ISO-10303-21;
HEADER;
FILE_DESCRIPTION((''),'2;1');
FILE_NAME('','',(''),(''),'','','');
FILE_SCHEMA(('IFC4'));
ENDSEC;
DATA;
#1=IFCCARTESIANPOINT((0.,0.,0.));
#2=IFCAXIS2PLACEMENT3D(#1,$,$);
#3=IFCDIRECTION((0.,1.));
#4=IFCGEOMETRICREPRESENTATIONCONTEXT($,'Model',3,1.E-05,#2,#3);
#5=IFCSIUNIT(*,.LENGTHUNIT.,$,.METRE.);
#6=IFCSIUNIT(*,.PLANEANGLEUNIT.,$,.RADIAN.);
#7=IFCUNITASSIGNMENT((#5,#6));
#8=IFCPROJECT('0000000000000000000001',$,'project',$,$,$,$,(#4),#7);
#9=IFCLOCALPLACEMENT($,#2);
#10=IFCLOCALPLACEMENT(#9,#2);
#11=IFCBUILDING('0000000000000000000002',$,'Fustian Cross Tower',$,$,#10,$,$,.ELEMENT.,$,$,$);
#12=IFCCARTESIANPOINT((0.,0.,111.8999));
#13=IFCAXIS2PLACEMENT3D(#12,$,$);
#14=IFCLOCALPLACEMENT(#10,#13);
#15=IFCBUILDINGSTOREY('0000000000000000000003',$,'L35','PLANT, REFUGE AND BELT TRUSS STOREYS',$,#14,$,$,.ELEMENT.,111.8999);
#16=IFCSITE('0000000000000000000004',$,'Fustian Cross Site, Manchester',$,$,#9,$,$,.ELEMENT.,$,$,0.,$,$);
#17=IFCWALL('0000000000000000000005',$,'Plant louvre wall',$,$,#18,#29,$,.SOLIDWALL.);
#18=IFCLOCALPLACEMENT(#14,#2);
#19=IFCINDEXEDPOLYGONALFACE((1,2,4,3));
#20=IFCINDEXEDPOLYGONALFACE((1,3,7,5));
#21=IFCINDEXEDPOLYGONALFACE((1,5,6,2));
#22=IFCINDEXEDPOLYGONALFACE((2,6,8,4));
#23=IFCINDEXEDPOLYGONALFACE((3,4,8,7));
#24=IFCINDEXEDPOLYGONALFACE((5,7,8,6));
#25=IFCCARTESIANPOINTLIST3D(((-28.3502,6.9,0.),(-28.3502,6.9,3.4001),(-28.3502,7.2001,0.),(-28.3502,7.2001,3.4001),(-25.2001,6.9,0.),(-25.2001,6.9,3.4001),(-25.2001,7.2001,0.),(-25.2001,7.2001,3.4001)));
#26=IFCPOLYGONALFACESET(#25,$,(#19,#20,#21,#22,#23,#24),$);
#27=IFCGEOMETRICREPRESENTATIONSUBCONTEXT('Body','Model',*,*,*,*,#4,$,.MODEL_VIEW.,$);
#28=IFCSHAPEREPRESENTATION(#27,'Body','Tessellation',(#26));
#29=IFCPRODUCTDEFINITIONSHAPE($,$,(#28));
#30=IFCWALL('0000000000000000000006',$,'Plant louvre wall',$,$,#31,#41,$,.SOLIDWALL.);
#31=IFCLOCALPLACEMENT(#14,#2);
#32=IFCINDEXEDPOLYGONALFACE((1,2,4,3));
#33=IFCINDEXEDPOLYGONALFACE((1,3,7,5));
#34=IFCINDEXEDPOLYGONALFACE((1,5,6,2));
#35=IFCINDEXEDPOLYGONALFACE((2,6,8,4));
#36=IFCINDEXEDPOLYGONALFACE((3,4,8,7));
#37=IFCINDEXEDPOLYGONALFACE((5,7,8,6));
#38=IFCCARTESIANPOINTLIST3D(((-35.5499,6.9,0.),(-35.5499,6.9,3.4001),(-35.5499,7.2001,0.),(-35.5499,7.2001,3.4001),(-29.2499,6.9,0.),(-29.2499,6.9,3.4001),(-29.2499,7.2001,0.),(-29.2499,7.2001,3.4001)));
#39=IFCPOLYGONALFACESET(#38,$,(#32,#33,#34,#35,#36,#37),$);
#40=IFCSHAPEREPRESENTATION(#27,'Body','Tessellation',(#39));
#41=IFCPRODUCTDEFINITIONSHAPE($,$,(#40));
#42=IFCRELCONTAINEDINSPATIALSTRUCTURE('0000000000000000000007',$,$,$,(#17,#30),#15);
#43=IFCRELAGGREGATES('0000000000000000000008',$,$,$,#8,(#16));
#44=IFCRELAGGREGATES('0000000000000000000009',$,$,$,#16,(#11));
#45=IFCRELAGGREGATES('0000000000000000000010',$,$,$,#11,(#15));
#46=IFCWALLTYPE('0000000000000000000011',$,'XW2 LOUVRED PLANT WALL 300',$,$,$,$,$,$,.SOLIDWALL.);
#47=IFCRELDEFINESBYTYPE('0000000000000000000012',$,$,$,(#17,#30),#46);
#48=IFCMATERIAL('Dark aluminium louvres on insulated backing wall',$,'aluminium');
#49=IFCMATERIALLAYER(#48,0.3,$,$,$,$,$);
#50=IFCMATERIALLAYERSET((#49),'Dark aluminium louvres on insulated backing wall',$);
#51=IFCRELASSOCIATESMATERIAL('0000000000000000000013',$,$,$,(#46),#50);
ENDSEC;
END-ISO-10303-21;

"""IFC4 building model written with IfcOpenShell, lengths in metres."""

from ifc_helpers import new_model, si_unit, direction, frame, frame_2d, origin, place, context, subcontext, project, spatial, rectangle, extrude, material, layer, layer_set, type_object, element, save


model = new_model("IFC4")

# Units and contexts
model_context = context("Model", 3, precision=1e-05, world=origin(), true_north=direction((0.0, 1.0)))
body_context = subcontext(model_context, "Body", "Model", "MODEL_VIEW")
ifc_project = project(units=[si_unit("LENGTHUNIT", "METRE"), si_unit("PLANEANGLEUNIT", "RADIAN")], contexts=[model_context])

# Site, building, storey
site_placement = place(None, origin())
site = spatial("IfcSite", under=ifc_project, at=site_placement, Name="Fustian Cross Site, Manchester", CompositionType="ELEMENT", RefElevation=0.0)
building_placement = place(site_placement, origin())
building = spatial("IfcBuilding", under=site, at=building_placement, Name="Fustian Cross Tower", CompositionType="ELEMENT")
storey_placement = place(building_placement, frame((0.0, 0.0, 111.8999)))
storey = spatial("IfcBuildingStorey", under=building, at=storey_placement, Name="L35", Description="PLANT, REFUGE AND BELT TRUSS STOREYS", CompositionType="ELEMENT", Elevation=111.8999)

# Walls
ifc_material_1 = material(Name="Dark aluminium louvres on insulated backing wall", Category="aluminium")
ifc_layer_1 = layer(ifc_material_1, 0.3)
ifc_layer_set_1 = layer_set([ifc_layer_1], Name="Dark aluminium louvres on insulated backing wall")
wall_type_1 = type_object("IfcWallType", Name="XW2 LOUVRED PLANT WALL 300", PredefinedType="SOLIDWALL", material=ifc_layer_set_1)
wall_1_placement = place(storey_placement, frame((-25.2, 7.05, 0.0), z_axis=(0.0, 0.0, 1.0), x_axis=(-1.0, 0.0, 0.0)))
element("IfcWall", 1, at=wall_1_placement, inside=storey, type_object=wall_type_1, Name="Plant louvre wall", PredefinedType="SOLIDWALL", context=body_context, shape_type="SweptSolid", body=[
    extrude(rectangle(XDim=3.1501, YDim=0.3, at=frame_2d((1.5752, 0.0))), origin(), (0.0, 0.0, 1.0), 3.4001),
])
wall_2_placement = place(storey_placement, frame((-29.25, 7.05, 0.0), z_axis=(0.0, 0.0, 1.0), x_axis=(-1.0, 0.0, 0.0)))
element("IfcWall", 2, at=wall_2_placement, inside=storey, type_object=wall_type_1, Name="Plant louvre wall", PredefinedType="SOLIDWALL", context=body_context, shape_type="SweptSolid", body=[
    extrude(rectangle(XDim=6.3, YDim=0.3, at=frame_2d((3.1499, 0.0))), origin(), (0.0, 0.0, 1.0), 3.4001),
])

save(model, "model.ifc")
